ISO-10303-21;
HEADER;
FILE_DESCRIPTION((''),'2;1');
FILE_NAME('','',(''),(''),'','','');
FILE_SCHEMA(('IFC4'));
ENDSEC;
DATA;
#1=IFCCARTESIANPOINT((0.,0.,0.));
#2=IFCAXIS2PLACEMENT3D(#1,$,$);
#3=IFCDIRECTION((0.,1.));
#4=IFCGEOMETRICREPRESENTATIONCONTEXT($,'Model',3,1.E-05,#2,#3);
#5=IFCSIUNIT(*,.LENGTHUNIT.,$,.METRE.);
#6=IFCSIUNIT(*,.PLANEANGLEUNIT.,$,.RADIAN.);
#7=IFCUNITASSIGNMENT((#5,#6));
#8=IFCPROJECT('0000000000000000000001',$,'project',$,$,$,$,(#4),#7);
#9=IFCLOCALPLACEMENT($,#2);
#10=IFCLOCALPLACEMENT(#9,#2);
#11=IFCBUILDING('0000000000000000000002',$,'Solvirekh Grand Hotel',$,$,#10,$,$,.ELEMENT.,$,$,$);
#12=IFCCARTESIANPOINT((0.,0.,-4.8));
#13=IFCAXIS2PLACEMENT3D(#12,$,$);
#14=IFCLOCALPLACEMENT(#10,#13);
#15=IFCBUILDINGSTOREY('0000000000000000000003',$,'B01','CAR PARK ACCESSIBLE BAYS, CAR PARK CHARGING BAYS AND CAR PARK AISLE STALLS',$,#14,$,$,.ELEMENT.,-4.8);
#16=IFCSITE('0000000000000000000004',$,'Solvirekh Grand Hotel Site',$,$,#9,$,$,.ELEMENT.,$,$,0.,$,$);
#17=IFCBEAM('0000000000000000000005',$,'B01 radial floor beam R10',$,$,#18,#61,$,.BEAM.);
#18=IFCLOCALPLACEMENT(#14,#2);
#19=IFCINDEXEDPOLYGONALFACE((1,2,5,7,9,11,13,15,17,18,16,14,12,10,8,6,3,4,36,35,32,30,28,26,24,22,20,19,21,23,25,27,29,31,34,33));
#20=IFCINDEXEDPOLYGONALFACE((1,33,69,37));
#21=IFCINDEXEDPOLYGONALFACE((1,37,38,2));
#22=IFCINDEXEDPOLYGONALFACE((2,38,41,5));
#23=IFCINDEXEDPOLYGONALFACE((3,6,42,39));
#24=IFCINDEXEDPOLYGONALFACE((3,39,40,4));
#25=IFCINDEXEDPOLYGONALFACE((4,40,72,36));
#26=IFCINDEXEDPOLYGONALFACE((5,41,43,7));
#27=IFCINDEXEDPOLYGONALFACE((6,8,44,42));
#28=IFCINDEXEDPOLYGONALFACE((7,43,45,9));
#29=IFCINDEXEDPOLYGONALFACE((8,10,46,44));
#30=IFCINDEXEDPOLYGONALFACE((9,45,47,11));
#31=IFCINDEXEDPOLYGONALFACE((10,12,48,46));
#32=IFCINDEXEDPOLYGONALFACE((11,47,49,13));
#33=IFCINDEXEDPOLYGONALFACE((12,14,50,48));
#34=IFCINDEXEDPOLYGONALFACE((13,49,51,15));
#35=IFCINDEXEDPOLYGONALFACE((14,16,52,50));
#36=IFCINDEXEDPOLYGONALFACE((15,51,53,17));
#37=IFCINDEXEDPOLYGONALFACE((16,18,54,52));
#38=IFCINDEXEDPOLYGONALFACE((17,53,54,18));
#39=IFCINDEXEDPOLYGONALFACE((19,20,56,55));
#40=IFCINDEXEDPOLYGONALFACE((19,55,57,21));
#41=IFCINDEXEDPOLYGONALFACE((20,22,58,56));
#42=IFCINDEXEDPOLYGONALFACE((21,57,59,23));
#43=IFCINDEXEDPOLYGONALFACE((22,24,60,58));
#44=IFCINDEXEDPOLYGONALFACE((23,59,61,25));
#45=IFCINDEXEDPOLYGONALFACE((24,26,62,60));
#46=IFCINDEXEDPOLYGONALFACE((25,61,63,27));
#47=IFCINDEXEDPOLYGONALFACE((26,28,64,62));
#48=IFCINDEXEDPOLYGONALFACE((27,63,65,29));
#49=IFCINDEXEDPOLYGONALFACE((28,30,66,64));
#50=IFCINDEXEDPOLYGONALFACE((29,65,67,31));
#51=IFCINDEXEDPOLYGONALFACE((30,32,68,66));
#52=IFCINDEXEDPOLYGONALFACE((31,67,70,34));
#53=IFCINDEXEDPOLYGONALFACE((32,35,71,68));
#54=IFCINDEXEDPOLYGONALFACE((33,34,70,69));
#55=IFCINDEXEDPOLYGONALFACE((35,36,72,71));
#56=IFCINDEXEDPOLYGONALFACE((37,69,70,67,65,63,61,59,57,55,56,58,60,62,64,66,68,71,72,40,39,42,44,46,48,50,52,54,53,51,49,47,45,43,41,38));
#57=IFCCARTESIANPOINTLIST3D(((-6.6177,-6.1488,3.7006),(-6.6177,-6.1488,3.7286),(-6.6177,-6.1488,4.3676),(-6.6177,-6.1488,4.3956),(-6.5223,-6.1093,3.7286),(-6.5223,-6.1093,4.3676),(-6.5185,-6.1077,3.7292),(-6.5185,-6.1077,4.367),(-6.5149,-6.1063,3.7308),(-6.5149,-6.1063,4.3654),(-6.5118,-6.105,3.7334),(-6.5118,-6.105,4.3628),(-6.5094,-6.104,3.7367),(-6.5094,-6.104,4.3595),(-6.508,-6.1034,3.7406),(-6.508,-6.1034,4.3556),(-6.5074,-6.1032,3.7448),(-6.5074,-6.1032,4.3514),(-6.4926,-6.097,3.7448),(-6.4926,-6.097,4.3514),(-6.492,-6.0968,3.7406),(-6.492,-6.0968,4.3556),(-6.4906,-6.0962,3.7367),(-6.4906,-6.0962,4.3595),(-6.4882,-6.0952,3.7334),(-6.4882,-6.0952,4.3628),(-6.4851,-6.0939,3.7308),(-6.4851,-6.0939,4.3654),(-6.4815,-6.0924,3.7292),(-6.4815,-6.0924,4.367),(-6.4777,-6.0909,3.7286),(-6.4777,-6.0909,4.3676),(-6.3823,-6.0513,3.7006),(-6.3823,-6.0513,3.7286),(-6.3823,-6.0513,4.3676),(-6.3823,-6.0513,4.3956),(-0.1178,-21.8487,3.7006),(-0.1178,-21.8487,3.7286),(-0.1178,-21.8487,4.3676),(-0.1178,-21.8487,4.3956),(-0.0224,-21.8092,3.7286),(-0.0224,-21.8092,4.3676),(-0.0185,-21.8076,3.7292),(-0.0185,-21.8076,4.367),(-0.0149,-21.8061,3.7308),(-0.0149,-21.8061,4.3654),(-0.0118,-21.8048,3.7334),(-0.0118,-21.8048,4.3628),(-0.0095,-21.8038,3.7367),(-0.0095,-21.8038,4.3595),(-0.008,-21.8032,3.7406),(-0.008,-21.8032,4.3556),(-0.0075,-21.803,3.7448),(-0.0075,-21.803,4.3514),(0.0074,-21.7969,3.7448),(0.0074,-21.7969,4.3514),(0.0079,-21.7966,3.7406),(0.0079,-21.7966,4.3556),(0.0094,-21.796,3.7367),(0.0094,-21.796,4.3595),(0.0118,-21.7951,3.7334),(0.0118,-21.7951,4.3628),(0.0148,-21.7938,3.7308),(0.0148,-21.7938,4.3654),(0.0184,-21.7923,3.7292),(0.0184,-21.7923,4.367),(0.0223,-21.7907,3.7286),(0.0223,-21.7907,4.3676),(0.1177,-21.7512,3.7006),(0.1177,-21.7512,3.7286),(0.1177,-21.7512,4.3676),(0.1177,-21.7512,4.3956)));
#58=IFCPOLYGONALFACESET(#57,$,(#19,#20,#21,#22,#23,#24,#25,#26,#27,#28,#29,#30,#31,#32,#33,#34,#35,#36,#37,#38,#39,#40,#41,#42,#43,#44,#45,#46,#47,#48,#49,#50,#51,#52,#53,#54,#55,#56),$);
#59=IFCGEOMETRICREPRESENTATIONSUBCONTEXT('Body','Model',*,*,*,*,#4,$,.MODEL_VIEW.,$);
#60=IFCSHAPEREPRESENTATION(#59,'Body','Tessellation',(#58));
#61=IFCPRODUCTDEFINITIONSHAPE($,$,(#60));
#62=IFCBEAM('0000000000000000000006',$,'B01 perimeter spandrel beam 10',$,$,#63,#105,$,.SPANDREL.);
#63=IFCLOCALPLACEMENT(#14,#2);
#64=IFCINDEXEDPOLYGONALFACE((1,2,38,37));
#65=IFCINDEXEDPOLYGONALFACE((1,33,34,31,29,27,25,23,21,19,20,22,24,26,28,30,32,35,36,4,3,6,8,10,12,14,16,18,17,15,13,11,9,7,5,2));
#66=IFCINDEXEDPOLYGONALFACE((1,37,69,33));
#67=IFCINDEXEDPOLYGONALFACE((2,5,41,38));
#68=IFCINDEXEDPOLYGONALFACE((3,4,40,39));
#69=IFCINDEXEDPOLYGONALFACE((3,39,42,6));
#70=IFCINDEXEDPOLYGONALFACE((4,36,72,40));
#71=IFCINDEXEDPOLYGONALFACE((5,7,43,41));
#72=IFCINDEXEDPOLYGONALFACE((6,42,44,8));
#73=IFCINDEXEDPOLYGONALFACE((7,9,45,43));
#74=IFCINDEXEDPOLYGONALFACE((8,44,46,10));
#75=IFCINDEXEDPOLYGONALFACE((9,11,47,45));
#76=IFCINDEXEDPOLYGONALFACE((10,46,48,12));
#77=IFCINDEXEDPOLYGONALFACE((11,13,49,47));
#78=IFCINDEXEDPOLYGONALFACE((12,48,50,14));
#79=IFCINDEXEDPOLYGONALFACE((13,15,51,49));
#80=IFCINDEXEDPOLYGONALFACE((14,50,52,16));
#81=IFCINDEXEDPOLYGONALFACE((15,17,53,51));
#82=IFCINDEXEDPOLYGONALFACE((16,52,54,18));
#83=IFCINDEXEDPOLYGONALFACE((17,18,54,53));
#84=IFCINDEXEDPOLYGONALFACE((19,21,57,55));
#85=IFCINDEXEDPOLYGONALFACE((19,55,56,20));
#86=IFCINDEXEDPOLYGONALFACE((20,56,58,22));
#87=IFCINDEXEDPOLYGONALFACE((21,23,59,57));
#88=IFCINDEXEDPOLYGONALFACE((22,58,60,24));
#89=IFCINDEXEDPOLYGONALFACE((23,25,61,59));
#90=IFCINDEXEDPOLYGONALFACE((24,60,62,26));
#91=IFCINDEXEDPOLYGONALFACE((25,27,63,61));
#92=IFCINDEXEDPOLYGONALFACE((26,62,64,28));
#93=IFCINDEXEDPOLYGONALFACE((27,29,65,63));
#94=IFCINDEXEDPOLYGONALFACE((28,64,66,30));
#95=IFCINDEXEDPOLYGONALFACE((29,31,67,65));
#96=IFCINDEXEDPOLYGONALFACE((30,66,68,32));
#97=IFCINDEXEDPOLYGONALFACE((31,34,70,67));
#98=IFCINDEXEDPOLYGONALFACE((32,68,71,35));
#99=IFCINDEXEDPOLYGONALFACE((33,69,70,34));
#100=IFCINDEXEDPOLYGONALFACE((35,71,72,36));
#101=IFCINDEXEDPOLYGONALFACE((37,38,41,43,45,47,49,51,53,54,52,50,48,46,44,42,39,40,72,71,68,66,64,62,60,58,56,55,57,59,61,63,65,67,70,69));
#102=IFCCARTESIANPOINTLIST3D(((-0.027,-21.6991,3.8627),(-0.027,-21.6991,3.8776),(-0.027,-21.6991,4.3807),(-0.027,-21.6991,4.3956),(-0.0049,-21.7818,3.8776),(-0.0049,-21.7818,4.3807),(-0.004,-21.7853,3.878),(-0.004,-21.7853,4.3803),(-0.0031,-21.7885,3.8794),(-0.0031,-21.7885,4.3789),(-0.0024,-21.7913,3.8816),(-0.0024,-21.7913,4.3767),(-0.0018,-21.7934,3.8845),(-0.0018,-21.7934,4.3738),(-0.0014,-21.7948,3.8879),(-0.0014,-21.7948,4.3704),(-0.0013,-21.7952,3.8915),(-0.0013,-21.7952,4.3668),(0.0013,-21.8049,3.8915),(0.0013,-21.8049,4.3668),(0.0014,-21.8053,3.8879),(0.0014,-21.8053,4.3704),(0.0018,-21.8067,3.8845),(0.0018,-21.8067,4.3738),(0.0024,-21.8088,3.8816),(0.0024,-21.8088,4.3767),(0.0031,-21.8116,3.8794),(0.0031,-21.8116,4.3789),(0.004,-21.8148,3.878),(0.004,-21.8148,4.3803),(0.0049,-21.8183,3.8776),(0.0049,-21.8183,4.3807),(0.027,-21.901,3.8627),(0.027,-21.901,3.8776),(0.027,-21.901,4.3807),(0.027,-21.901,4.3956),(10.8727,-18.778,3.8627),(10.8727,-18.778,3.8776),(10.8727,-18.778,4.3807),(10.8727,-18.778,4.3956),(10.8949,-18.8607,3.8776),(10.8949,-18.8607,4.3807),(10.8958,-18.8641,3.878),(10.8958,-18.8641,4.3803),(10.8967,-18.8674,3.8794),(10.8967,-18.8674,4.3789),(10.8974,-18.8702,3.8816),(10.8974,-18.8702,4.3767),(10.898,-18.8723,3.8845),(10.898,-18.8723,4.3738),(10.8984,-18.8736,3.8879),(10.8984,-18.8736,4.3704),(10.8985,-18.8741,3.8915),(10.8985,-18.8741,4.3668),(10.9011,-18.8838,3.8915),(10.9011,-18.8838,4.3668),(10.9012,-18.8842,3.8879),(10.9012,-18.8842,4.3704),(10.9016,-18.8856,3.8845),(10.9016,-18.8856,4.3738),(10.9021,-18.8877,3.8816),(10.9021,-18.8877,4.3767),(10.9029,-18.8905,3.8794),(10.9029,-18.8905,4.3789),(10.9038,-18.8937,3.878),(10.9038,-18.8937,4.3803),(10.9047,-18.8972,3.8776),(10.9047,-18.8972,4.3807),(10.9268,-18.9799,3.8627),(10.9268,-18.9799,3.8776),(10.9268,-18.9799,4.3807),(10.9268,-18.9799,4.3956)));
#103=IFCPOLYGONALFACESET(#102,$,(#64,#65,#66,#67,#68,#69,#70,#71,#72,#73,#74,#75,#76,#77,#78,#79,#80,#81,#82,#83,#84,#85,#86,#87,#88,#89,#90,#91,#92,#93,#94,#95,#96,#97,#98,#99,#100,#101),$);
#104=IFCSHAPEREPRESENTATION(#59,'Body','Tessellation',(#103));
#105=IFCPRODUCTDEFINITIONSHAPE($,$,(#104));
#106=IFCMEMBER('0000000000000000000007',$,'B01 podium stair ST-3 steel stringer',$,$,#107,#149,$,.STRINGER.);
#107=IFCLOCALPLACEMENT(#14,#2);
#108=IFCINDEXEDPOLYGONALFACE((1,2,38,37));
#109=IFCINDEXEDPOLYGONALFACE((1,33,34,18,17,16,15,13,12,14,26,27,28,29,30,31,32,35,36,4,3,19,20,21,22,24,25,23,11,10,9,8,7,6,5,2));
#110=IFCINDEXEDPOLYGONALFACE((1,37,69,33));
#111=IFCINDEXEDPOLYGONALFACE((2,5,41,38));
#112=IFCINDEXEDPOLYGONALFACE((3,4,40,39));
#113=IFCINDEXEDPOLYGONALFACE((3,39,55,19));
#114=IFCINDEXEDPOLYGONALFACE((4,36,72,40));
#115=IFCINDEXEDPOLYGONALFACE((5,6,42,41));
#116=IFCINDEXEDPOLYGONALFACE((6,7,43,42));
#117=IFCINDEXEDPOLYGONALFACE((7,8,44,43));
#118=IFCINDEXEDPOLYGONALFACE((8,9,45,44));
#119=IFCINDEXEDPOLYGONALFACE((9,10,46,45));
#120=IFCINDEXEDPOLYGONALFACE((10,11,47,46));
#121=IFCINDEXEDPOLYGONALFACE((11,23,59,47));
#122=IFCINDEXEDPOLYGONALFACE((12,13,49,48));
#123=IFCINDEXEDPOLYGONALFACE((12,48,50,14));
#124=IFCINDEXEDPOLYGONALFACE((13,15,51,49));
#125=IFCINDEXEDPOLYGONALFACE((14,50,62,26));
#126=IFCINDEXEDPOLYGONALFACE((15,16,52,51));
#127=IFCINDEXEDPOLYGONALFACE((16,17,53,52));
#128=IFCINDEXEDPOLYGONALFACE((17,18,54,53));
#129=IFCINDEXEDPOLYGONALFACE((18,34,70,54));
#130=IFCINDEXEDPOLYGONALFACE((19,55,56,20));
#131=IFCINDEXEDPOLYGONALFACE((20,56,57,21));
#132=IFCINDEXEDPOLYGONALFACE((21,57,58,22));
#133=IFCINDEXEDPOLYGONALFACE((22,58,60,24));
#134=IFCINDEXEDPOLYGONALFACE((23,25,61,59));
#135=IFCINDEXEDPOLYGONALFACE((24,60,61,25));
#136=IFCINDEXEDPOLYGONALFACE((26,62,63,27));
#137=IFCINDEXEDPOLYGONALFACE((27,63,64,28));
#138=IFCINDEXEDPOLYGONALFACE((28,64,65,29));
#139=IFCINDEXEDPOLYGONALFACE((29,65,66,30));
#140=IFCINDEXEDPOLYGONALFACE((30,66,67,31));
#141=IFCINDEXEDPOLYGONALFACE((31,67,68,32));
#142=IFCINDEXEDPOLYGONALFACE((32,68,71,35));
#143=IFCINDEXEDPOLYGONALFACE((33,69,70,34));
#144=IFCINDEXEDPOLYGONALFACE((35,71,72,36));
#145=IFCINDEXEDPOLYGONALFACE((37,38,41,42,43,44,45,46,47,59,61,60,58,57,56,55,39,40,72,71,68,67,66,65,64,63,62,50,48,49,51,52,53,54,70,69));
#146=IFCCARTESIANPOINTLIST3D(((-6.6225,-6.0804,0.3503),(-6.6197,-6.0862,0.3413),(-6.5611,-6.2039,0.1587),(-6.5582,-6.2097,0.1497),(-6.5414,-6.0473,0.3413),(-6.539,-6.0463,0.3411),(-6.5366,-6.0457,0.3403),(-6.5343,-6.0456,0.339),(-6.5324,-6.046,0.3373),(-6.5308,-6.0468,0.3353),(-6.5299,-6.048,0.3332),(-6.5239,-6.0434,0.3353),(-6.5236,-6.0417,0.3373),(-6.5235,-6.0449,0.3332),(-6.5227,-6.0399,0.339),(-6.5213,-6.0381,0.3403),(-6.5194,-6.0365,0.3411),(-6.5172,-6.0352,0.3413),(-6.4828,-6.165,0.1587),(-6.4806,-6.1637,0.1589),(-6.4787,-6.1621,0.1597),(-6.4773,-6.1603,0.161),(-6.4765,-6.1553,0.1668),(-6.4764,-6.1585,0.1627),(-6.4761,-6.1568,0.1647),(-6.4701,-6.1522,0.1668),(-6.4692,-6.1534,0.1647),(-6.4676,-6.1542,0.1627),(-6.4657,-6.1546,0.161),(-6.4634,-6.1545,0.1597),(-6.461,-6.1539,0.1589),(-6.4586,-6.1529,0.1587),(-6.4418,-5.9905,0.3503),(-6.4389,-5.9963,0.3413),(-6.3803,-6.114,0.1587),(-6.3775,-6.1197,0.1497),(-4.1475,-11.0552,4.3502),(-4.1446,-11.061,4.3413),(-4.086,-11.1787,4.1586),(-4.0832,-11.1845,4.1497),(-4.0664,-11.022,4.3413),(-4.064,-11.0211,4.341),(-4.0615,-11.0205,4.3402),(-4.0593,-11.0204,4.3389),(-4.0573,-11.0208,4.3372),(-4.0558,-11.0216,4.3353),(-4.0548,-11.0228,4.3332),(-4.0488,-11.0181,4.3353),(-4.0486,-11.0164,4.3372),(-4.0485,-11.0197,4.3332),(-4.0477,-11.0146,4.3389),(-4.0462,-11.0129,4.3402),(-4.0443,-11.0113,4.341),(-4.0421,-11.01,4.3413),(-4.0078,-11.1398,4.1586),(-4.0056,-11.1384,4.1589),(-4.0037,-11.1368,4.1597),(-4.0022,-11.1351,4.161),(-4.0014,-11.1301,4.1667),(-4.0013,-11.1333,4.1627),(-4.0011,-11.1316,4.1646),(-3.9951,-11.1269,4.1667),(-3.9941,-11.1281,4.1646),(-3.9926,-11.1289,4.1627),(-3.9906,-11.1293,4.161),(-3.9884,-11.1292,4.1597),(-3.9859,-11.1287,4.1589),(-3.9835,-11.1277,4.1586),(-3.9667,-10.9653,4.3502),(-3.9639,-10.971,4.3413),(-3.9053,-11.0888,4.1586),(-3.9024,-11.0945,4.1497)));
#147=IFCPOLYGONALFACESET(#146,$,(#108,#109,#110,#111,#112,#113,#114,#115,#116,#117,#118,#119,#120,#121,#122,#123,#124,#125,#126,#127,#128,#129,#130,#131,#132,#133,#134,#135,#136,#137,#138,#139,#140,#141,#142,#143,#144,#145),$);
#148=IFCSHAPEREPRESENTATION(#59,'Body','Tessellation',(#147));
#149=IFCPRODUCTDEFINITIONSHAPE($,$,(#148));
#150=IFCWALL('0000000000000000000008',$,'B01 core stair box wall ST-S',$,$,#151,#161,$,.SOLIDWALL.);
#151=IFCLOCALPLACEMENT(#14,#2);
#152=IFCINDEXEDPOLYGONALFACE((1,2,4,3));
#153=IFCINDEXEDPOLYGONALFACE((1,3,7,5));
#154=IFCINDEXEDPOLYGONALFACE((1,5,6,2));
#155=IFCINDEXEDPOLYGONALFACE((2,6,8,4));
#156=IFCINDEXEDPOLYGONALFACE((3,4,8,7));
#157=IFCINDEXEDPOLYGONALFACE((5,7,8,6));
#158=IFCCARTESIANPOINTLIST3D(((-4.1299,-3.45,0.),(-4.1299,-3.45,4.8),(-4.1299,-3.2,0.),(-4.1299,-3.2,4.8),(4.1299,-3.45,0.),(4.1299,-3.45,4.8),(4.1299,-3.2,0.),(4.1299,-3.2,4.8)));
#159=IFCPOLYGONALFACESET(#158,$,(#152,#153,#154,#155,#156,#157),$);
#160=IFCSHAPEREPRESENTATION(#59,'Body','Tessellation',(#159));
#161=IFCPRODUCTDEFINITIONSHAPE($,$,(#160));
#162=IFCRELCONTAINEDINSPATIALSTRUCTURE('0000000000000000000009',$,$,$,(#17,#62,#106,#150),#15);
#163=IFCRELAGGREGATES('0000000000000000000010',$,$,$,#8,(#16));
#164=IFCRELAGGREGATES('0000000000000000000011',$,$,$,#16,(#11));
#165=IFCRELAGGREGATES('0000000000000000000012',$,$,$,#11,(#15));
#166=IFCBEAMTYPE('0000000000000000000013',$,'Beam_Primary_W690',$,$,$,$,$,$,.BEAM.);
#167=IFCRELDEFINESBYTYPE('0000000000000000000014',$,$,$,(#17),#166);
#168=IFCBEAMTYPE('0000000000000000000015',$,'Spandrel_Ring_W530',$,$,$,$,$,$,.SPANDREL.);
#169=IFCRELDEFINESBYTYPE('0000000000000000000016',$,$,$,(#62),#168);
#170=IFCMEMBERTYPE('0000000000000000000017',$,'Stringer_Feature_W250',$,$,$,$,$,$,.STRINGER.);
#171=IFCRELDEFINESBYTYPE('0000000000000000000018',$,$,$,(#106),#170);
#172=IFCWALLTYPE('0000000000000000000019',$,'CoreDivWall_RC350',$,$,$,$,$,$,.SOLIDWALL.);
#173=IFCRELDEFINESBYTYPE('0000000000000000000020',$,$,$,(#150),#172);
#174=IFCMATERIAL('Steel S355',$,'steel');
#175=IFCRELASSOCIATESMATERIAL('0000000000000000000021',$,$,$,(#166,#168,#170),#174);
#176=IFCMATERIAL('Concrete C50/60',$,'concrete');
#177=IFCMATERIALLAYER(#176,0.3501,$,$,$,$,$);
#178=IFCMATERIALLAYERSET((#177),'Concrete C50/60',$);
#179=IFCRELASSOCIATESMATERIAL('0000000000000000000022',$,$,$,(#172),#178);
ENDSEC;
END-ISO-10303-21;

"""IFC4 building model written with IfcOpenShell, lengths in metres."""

from ifc_helpers import new_model, si_unit, direction, frame, frame_2d, origin, origin_2d, place, context, subcontext, project, spatial, rectangle, i_section, extrude, material, layer, layer_set, material_profile, profile_set, type_object, element, save


model = new_model("IFC4")

# Units and contexts
model_context = context("Model", 3, precision=1e-05, world=origin(), true_north=direction((0.0, 1.0)))
body_context = subcontext(model_context, "Body", "Model", "MODEL_VIEW")
ifc_project = project(units=[si_unit("LENGTHUNIT", "METRE"), si_unit("PLANEANGLEUNIT", "RADIAN")], contexts=[model_context])

# Site, building, storey
site_placement = place(None, origin())
site = spatial("IfcSite", under=ifc_project, at=site_placement, Name="Solvirekh Grand Hotel Site", CompositionType="ELEMENT", RefElevation=0.0)
building_placement = place(site_placement, origin())
building = spatial("IfcBuilding", under=site, at=building_placement, Name="Solvirekh Grand Hotel", CompositionType="ELEMENT")
storey_placement = place(building_placement, frame((0.0, 0.0, -4.8)))
storey = spatial("IfcBuildingStorey", under=building, at=storey_placement, Name="B01", Description="CAR PARK ACCESSIBLE BAYS, CAR PARK CHARGING BAYS AND CAR PARK AISLE STALLS", CompositionType="ELEMENT", Elevation=-4.8)

# Shared definitions
ifc_material_1 = material(Name="Steel S355", Category="steel")

# Beams
ifc_material_profile_1 = material_profile(ifc_material_1, i_section(OverallWidth=0.2549, OverallDepth=0.6951, WebThickness=0.0161, FlangeThickness=0.0281, FilletRadius=0.0161, at=origin_2d()), Name="W690X217")
ifc_profile_set_1 = profile_set([ifc_material_profile_1], Name="Steel S355")
beam_type_1 = type_object("IfcBeamType", Name="Beam_Primary_W690", PredefinedType="BEAM", material=ifc_profile_set_1)
beam_1_placement = place(storey_placement, frame((-6.5, -6.1001, 4.0481), z_axis=(0.382526, -0.923945, 0.0), x_axis=(0.923945, 0.382526, 0.0)))
element("IfcBeam", 1, at=beam_1_placement, inside=storey, type_object=beam_type_1, Name="B01 radial floor beam R10", PredefinedType="BEAM", context=body_context, shape_type="SweptSolid", body=[
    extrude(i_section(OverallWidth=0.2549, OverallDepth=0.6951, WebThickness=0.0161, FlangeThickness=0.0281, FilletRadius=0.0161, at=origin_2d()), origin(), (0.0, 0.0, 1.0), 16.9922),
])
ifc_material_profile_2 = material_profile(ifc_material_1, i_section(OverallWidth=0.209, OverallDepth=0.533, WebThickness=0.01, FlangeThickness=0.0149, FilletRadius=0.0139, at=origin_2d()), Name="W530X92")
ifc_profile_set_2 = profile_set([ifc_material_profile_2], Name="Steel S355")
beam_type_2 = type_object("IfcBeamType", Name="Spandrel_Ring_W530", PredefinedType="SPANDREL", material=ifc_profile_set_2)
beam_2_placement = place(storey_placement, frame((0.0, -21.8, 4.1292), z_axis=(0.965914, 0.258862, 0.0), x_axis=(-0.258862, 0.965914, 0.0)))
element("IfcBeam", 2, at=beam_2_placement, inside=storey, type_object=beam_type_2, Name="B01 perimeter spandrel beam 10", PredefinedType="SPANDREL", context=body_context, shape_type="SweptSolid", body=[
    extrude(i_section(OverallWidth=0.209, OverallDepth=0.533, WebThickness=0.01, FlangeThickness=0.0149, FilletRadius=0.0139, at=origin_2d()), origin(), (0.0, 0.0, 1.0), 11.2844),
])

# Member
ifc_material_profile_3 = material_profile(ifc_material_1, i_section(OverallWidth=0.2019, OverallDepth=0.2471, WebThickness=0.0071, FlangeThickness=0.011, FilletRadius=0.01, at=origin_2d()), Name="W250X49")
ifc_profile_set_3 = profile_set([ifc_material_profile_3], Name="Steel S355")
member_type = type_object("IfcMemberType", Name="Stringer_Feature_W250", PredefinedType="STRINGER", material=ifc_profile_set_3)
member_placement = place(storey_placement, frame((-6.5, -6.1001, 0.25), z_axis=(0.36151, -0.726622, 0.584236), x_axis=(0.895313, 0.445438, 0.0)))
element("IfcMember", 3, at=member_placement, inside=storey, type_object=member_type, Name="B01 podium stair ST-3 steel stringer", PredefinedType="STRINGER", context=body_context, shape_type="SweptSolid", body=[
    extrude(i_section(OverallWidth=0.2019, OverallDepth=0.2471, WebThickness=0.0071, FlangeThickness=0.011, FilletRadius=0.01, at=origin_2d()), origin(), (0.0, 0.0, 1.0), 6.8464),
])

# Wall
ifc_material_2 = material(Name="Concrete C50/60", Category="concrete")
ifc_layer_1 = layer(ifc_material_2, 0.3501)
ifc_layer_set_1 = layer_set([ifc_layer_1], Name="Concrete C50/60")
wall_type_1 = type_object("IfcWallType", Name="CoreDivWall_RC350", PredefinedType="SOLIDWALL", material=ifc_layer_set_1)
wall_1_placement = place(storey_placement, frame((-4.1299, -3.325, 0.0), z_axis=(0.0, 0.0, 1.0), x_axis=(1.0, 0.0, 0.0)))
element("IfcWall", 4, at=wall_1_placement, inside=storey, type_object=wall_type_1, Name="B01 core stair box wall ST-S", PredefinedType="SOLIDWALL", context=body_context, shape_type="SweptSolid", body=[
    extrude(rectangle(XDim=8.2598, YDim=0.25, at=frame_2d((4.1299, 0.0))), origin(), (0.0, 0.0, 1.0), 4.8),
])

save(model, "model.ifc")
